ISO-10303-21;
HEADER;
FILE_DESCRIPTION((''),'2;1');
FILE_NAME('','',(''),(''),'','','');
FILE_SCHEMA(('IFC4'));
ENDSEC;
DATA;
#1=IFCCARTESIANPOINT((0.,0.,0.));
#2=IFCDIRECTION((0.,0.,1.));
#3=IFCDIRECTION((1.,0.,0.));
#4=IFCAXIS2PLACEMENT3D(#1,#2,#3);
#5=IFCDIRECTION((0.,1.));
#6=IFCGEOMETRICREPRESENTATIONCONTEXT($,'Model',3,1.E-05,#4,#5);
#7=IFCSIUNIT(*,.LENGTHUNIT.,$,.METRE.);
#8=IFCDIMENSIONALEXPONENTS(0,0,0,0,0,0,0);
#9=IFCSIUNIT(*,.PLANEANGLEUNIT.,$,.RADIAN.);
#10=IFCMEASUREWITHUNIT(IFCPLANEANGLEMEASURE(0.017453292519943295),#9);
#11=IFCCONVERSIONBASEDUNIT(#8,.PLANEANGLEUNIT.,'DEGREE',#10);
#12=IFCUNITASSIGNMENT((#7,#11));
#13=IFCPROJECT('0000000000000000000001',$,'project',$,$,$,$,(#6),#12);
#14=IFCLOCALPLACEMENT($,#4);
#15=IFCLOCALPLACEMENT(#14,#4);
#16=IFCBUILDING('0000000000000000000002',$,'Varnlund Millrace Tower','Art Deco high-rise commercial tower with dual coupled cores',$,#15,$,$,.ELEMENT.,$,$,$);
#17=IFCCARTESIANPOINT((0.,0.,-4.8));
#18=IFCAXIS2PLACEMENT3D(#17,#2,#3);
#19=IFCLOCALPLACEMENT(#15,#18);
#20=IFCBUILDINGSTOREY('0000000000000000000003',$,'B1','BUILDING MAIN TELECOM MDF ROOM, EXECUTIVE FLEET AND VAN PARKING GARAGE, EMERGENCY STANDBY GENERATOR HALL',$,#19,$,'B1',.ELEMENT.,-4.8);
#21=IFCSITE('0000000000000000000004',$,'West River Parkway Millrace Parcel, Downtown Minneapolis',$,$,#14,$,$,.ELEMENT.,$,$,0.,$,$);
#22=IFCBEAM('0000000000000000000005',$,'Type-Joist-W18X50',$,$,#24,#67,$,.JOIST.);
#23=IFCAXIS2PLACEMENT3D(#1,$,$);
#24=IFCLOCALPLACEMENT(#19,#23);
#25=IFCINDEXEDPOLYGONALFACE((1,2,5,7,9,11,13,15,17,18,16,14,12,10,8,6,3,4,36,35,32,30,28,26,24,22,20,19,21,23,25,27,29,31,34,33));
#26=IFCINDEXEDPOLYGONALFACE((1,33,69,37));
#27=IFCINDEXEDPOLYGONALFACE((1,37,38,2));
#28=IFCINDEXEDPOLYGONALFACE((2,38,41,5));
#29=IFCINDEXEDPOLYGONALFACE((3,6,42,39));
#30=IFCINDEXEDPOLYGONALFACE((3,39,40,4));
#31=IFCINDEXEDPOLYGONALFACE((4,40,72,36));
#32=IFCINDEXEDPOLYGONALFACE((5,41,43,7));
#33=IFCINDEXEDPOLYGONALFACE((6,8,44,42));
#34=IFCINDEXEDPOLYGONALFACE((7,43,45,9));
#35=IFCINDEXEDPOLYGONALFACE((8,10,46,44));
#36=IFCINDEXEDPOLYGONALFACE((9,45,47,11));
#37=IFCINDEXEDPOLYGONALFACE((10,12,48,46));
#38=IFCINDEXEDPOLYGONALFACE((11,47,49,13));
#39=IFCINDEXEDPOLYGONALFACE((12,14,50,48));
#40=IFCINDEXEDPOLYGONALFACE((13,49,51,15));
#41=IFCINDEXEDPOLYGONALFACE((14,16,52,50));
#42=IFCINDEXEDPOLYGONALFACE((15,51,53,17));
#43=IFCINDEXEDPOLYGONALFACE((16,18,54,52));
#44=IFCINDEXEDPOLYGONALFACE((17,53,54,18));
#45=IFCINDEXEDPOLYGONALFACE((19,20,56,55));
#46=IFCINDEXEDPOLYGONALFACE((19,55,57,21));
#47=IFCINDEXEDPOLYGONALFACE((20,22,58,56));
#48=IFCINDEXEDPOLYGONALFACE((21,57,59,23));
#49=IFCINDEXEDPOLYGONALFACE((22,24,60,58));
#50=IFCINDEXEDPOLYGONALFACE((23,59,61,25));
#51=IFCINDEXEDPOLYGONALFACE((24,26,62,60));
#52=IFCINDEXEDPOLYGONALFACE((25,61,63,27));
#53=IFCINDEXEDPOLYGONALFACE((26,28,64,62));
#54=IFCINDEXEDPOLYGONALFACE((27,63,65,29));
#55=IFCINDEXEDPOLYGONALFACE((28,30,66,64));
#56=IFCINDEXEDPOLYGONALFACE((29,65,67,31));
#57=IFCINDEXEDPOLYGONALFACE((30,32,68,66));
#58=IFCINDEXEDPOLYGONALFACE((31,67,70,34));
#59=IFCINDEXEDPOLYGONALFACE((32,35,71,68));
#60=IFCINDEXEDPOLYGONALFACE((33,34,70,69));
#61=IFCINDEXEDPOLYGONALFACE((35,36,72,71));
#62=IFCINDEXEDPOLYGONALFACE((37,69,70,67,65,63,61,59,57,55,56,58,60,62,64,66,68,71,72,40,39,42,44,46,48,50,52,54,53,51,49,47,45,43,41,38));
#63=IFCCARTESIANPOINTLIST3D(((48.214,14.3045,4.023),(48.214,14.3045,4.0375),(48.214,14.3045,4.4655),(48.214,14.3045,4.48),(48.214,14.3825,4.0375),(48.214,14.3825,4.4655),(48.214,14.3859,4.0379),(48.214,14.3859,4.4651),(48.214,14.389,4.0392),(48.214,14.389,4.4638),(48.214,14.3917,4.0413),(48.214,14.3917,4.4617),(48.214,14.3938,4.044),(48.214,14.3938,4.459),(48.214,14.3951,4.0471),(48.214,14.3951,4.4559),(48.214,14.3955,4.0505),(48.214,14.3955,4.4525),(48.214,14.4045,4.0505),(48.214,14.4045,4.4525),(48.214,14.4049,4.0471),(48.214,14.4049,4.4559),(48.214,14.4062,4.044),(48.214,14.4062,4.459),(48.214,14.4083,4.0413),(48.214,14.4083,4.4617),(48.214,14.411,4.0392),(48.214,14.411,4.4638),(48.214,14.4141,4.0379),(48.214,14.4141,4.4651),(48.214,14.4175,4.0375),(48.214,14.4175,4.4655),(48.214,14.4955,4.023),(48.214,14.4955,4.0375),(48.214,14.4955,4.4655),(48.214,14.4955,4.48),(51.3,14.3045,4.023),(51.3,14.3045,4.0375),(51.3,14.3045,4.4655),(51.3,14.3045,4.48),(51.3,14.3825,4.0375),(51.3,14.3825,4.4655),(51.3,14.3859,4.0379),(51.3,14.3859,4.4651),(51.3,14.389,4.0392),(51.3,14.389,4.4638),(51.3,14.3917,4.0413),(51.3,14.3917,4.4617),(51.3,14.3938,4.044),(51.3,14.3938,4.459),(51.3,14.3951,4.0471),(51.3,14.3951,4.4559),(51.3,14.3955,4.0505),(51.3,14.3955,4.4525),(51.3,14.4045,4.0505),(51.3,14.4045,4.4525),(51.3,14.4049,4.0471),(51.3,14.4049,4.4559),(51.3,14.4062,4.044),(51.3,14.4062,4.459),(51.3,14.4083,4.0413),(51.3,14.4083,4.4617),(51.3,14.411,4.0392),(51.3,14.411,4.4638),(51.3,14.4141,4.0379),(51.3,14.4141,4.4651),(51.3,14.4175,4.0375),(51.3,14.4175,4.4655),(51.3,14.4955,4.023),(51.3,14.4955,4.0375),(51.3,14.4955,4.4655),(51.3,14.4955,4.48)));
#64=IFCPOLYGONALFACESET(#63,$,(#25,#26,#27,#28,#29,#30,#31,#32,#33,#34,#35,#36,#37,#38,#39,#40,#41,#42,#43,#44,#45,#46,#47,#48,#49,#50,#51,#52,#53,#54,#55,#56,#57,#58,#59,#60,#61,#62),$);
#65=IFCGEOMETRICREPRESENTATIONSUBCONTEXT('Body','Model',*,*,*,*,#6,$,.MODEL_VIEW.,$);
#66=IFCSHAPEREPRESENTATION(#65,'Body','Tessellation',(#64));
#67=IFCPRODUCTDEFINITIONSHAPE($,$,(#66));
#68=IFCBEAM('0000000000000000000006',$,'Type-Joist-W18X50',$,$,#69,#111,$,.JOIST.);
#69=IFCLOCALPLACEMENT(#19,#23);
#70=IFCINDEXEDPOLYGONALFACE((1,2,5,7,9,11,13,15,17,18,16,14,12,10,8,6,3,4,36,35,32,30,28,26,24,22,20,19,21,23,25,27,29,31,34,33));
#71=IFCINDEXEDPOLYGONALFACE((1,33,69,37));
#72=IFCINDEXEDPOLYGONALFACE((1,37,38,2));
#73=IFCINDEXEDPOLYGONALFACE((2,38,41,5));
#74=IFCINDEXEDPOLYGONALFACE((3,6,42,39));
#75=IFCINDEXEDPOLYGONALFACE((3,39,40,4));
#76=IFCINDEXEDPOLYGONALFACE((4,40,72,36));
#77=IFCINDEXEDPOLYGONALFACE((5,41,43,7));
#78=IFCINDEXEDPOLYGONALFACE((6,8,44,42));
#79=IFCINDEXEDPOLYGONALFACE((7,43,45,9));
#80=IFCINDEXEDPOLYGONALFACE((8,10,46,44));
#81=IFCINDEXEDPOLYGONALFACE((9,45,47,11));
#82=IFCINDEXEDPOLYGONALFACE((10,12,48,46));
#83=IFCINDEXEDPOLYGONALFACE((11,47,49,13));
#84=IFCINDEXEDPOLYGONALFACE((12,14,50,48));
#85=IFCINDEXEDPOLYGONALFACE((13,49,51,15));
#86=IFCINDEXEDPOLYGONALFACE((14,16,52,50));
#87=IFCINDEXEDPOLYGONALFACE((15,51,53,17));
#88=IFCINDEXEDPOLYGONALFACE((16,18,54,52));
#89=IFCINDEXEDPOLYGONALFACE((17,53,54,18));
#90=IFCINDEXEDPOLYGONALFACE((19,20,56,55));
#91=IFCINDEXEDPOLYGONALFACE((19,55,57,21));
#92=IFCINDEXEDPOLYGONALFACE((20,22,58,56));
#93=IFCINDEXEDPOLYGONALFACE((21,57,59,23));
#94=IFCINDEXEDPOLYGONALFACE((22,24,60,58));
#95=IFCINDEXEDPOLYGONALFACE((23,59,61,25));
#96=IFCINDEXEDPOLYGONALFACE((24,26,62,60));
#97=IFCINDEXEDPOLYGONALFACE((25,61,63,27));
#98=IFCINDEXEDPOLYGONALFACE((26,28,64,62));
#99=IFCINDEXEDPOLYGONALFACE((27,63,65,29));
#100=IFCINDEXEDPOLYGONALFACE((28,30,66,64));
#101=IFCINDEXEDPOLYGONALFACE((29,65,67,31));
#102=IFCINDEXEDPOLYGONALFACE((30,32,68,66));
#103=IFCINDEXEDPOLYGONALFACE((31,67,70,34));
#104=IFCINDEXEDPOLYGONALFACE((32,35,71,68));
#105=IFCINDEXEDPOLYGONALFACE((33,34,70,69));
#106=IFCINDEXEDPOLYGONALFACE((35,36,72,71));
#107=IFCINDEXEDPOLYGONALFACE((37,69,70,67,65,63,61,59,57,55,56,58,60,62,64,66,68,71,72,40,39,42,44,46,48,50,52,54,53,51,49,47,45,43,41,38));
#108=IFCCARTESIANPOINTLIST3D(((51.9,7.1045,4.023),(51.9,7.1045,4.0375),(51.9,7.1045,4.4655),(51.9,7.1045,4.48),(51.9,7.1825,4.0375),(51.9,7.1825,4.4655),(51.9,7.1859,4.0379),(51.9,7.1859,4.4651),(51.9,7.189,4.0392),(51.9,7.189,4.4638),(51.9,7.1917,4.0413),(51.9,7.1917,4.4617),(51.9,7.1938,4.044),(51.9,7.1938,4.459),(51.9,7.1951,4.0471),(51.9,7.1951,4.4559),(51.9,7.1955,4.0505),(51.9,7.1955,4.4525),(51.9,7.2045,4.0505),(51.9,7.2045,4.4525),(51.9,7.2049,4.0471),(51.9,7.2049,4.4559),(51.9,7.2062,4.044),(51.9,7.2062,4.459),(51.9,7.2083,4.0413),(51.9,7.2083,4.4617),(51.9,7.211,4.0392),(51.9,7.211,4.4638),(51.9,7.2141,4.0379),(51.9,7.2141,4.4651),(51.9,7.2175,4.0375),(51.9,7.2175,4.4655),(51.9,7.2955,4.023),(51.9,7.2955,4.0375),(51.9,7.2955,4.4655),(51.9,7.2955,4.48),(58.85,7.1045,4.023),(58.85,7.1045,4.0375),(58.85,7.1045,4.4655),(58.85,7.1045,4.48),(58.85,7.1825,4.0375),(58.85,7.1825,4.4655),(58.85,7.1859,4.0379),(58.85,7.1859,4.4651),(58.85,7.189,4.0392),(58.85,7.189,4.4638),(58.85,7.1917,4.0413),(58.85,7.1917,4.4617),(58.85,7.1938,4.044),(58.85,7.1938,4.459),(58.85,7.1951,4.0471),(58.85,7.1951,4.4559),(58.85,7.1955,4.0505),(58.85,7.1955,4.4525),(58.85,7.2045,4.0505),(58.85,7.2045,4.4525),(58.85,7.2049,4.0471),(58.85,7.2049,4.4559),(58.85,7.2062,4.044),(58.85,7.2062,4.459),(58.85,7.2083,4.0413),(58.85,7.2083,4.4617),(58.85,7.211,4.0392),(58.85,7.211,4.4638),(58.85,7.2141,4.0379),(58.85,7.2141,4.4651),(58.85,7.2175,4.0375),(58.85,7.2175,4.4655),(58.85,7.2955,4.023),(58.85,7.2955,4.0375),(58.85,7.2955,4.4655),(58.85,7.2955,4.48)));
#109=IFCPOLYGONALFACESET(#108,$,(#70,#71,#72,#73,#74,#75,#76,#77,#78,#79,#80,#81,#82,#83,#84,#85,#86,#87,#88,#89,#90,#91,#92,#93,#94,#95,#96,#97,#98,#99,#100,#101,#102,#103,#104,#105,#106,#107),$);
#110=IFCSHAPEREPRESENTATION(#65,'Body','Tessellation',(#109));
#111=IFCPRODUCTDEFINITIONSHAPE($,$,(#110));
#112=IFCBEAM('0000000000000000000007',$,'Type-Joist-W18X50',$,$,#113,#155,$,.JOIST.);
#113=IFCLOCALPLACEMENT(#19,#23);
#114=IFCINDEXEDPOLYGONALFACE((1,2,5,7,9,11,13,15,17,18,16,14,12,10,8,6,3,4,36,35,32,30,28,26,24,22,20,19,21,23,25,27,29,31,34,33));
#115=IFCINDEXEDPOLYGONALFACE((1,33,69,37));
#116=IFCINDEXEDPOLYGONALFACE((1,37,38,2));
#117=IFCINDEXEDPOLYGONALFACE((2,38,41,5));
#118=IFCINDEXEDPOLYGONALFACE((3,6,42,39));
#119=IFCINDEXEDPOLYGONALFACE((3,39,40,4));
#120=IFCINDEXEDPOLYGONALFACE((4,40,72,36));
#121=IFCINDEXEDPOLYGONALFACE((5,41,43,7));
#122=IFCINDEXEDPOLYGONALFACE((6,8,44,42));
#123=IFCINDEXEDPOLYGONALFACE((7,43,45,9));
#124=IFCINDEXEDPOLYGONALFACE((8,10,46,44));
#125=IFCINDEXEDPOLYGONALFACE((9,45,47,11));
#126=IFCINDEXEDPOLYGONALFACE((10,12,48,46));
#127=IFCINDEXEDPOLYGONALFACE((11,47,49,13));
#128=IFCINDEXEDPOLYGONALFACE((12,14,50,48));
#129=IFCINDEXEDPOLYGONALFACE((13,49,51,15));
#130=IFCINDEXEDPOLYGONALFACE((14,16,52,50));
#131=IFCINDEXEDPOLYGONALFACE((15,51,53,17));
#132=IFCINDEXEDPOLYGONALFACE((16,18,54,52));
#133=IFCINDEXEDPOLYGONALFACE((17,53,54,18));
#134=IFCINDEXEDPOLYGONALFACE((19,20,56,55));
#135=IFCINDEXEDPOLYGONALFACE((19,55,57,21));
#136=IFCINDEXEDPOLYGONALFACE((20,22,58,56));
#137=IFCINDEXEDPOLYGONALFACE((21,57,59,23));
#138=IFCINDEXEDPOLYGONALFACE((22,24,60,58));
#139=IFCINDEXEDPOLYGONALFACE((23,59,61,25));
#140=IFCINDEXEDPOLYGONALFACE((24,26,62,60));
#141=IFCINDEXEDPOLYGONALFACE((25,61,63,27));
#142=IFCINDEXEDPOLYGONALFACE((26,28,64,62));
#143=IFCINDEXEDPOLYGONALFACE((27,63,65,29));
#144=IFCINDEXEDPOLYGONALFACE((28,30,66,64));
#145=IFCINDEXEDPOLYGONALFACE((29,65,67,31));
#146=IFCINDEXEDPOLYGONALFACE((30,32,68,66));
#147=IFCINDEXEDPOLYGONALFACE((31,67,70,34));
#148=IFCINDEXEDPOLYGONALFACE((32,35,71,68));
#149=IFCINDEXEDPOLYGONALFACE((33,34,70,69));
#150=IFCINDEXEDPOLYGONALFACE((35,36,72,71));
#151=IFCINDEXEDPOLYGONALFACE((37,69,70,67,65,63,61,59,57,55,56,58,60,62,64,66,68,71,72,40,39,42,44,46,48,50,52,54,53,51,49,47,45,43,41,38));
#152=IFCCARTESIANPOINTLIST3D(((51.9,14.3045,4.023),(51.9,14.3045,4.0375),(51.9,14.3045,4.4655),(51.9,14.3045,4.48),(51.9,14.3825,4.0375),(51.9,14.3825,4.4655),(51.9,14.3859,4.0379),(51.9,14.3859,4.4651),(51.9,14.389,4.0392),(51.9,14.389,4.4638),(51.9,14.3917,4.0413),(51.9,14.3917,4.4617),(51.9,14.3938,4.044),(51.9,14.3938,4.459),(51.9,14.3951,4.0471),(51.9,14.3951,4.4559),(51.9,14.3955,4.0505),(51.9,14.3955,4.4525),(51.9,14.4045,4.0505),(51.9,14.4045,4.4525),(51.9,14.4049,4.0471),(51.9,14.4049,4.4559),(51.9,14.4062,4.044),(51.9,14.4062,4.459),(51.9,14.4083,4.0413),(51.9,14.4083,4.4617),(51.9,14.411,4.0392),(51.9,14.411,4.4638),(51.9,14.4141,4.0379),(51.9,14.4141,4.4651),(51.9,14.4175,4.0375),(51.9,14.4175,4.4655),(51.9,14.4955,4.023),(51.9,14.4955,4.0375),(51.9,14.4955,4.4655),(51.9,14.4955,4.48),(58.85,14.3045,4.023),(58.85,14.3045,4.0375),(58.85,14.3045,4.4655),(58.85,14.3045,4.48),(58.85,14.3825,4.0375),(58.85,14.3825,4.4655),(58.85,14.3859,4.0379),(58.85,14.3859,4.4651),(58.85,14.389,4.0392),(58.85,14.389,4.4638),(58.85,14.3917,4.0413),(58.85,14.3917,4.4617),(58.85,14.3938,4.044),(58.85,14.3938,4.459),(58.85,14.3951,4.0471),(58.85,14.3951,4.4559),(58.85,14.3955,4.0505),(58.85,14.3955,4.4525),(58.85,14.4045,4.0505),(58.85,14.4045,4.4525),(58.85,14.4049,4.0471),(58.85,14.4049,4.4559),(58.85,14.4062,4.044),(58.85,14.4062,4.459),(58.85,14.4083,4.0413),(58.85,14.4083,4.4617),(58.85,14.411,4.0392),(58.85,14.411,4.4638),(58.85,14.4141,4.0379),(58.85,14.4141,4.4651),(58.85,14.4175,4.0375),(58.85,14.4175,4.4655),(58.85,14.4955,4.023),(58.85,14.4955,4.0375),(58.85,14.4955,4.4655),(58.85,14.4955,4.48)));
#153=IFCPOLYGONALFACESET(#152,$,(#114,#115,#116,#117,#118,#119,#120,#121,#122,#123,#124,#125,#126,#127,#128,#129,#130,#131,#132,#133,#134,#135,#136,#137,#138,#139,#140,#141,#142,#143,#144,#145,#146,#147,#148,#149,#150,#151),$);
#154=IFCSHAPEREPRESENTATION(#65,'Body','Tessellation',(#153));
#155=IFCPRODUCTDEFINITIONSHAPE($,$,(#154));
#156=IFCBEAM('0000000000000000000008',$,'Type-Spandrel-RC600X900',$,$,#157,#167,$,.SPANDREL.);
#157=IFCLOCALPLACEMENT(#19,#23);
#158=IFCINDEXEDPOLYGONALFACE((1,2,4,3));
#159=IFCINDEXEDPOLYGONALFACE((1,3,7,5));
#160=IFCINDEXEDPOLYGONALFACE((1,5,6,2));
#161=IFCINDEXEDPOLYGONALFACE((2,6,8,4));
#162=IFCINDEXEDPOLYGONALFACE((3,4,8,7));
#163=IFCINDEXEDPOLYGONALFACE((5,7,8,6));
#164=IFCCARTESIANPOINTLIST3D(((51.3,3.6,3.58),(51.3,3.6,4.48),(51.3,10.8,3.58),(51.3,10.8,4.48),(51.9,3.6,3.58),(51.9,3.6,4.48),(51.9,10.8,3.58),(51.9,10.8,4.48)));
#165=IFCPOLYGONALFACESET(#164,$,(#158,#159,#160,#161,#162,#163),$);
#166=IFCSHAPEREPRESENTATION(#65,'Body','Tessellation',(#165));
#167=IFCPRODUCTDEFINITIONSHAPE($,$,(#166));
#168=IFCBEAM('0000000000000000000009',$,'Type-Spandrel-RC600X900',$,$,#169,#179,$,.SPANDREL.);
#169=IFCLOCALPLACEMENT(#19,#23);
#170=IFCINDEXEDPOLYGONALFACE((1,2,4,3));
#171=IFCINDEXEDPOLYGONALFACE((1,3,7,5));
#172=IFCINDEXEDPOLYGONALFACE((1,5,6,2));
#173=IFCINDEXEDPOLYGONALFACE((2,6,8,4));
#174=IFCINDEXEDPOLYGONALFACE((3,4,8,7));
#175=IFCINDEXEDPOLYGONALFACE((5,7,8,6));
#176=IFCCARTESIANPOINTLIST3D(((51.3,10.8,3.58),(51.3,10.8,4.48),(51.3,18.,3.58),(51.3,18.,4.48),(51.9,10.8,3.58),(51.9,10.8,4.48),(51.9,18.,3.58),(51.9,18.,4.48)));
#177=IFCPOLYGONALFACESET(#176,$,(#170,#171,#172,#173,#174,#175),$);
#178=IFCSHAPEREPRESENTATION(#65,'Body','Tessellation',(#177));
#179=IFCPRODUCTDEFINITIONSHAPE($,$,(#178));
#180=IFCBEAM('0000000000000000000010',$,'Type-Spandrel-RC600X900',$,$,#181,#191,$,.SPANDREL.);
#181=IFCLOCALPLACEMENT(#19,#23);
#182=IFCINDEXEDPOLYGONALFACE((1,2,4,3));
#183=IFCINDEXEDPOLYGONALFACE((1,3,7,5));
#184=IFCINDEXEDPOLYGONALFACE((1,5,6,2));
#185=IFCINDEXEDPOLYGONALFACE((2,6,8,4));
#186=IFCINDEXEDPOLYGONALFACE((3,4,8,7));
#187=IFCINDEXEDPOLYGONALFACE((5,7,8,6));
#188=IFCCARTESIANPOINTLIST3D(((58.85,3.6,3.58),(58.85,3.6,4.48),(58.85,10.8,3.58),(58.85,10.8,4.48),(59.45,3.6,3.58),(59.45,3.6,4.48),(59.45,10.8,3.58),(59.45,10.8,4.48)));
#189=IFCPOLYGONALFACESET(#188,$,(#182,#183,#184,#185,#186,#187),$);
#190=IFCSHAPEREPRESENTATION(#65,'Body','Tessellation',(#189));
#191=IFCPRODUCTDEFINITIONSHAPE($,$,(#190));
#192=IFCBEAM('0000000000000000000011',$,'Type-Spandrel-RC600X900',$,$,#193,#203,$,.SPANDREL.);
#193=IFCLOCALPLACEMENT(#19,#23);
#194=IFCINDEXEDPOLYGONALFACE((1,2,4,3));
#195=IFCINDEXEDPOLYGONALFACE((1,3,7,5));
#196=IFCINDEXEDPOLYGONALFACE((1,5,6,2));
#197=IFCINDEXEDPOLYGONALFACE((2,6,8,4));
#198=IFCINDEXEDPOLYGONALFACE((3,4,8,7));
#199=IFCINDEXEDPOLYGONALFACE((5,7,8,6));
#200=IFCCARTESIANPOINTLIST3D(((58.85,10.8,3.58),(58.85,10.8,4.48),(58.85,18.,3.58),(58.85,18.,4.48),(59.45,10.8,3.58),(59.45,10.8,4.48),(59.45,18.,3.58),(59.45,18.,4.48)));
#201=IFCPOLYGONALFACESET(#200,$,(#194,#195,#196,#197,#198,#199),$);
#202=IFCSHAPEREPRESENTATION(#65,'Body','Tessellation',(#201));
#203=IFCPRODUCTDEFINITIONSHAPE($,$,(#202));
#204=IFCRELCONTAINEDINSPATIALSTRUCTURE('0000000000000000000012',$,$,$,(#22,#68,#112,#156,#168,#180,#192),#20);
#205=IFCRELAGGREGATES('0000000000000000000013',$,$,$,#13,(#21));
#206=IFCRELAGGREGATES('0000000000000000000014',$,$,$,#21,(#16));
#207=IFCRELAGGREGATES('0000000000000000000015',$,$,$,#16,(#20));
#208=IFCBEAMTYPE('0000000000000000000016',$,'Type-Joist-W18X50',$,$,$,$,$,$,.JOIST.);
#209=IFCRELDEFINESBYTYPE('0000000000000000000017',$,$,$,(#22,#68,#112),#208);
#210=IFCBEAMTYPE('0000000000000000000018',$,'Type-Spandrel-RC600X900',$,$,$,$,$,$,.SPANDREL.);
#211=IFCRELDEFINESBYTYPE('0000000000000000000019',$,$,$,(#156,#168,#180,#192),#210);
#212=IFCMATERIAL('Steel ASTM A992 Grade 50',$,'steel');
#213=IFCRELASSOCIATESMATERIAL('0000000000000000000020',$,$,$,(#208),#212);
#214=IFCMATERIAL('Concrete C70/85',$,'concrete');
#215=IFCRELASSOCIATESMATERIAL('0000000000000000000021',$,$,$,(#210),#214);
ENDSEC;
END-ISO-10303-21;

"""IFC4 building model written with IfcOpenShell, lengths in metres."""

from ifc_helpers import new_model, entity, si_unit, converted_unit, direction, frame, origin_with_axes, origin_2d_with_axis, place, context, subcontext, project, spatial, rectangle, i_section, extrude, material, material_profile, profile_set, type_object, element, save


model = new_model("IFC4")

# Units and contexts
model_context = context("Model", 3, precision=1e-05, world=origin_with_axes(), true_north=direction((0.0, 1.0)))
body_context = subcontext(model_context, "Body", "Model", "MODEL_VIEW")
ifc_project = project(units=[si_unit("LENGTHUNIT", "METRE"), converted_unit("PLANEANGLEUNIT", "DEGREE", entity("IfcPlaneAngleMeasure", 0.017453292519943295), si_unit("PLANEANGLEUNIT", "RADIAN"), dimensions=[0, 0, 0, 0, 0, 0, 0])], contexts=[model_context])

# Site, building, storey
site_placement = place(None, origin_with_axes())
site = spatial("IfcSite", under=ifc_project, at=site_placement, Name="West River Parkway Millrace Parcel, Downtown Minneapolis", CompositionType="ELEMENT", RefElevation=0.0)
building_placement = place(site_placement, origin_with_axes())
building = spatial("IfcBuilding", under=site, at=building_placement, Name="Varnlund Millrace Tower", Description="Art Deco high-rise commercial tower with dual coupled cores", CompositionType="ELEMENT")
storey_placement = place(building_placement, frame((0.0, 0.0, -4.8), z_axis=(0.0, 0.0, 1.0), x_axis=(1.0, 0.0, 0.0)))
storey = spatial("IfcBuildingStorey", under=building, at=storey_placement, Name="B1", Description="BUILDING MAIN TELECOM MDF ROOM, EXECUTIVE FLEET AND VAN PARKING GARAGE, EMERGENCY STANDBY GENERATOR HALL", LongName="B1", CompositionType="ELEMENT", Elevation=-4.8)

# Beams
ifc_material_1 = material(Name="Steel ASTM A992 Grade 50", Category="steel")
ifc_material_profile_1 = material_profile(ifc_material_1, i_section(OverallWidth=0.191, OverallDepth=0.457, WebThickness=0.009, FlangeThickness=0.0145, FilletRadius=0.013, at=origin_2d_with_axis()), Name="Steel ASTM A992 Grade 50")
ifc_profile_set_1 = profile_set([ifc_material_profile_1], Name="Steel ASTM A992 Grade 50")
beam_type_1 = type_object("IfcBeamType", Name="Type-Joist-W18X50", PredefinedType="JOIST", material=ifc_profile_set_1)
for number, where, z_axis, x_axis, name in (
    (1, (48.214, 14.4, 4.2515), (1.0, 0.0, 0.0), (0.0, 1.0, 0.0), "Type-Joist-W18X50"),
):
    element("IfcBeam", number, at=place(storey_placement, frame(where, z_axis=z_axis, x_axis=x_axis)), inside=storey, type_object=beam_type_1, Name=name, PredefinedType="JOIST", context=body_context, shape_type="SweptSolid", body=[
        extrude(i_section(OverallWidth=0.191, OverallDepth=0.457, WebThickness=0.009, FlangeThickness=0.0145, FilletRadius=0.013, at=origin_2d_with_axis()), origin_with_axes(), (0.0, 0.0, 1.0), 3.086),
    ])
for number, where, z_axis, x_axis, name in (
    (2, (51.9, 7.2, 4.2515), (1.0, 0.0, 0.0), (0.0, 1.0, 0.0), "Type-Joist-W18X50"),
    (3, (51.9, 14.4, 4.2515), (1.0, 0.0, 0.0), (0.0, 1.0, 0.0), "Type-Joist-W18X50"),
):
    element("IfcBeam", number, at=place(storey_placement, frame(where, z_axis=z_axis, x_axis=x_axis)), inside=storey, type_object=beam_type_1, Name=name, PredefinedType="JOIST", context=body_context, shape_type="SweptSolid", body=[
        extrude(i_section(OverallWidth=0.191, OverallDepth=0.457, WebThickness=0.009, FlangeThickness=0.0145, FilletRadius=0.013, at=origin_2d_with_axis()), origin_with_axes(), (0.0, 0.0, 1.0), 6.95),
    ])
ifc_material_2 = material(Name="Concrete C70/85", Category="concrete")
ifc_material_profile_2 = material_profile(ifc_material_2, rectangle(XDim=0.6, YDim=0.9, at=origin_2d_with_axis()), Name="Concrete C70/85")
ifc_profile_set_2 = profile_set([ifc_material_profile_2], Name="Concrete C70/85")
beam_type_2 = type_object("IfcBeamType", Name="Type-Spandrel-RC600X900", PredefinedType="SPANDREL", material=ifc_profile_set_2)
for number, where, z_axis, x_axis, name in (
    (4, (51.6, 3.6, 4.03), (0.0, 1.0, 0.0), (-1.0, 0.0, 0.0), "Type-Spandrel-RC600X900"),
    (5, (51.6, 10.8, 4.03), (0.0, 1.0, 0.0), (-1.0, 0.0, 0.0), "Type-Spandrel-RC600X900"),
    (6, (59.15, 3.6, 4.03), (0.0, 1.0, 0.0), (-1.0, 0.0, 0.0), "Type-Spandrel-RC600X900"),
    (7, (59.15, 10.8, 4.03), (0.0, 1.0, 0.0), (-1.0, 0.0, 0.0), "Type-Spandrel-RC600X900"),
):
    element("IfcBeam", number, at=place(storey_placement, frame(where, z_axis=z_axis, x_axis=x_axis)), inside=storey, type_object=beam_type_2, Name=name, PredefinedType="SPANDREL", context=body_context, shape_type="SweptSolid", body=[
        extrude(rectangle(XDim=0.6, YDim=0.9, at=origin_2d_with_axis()), origin_with_axes(), (0.0, 0.0, 1.0), 7.2),
    ])

save(model, "model.ifc")
